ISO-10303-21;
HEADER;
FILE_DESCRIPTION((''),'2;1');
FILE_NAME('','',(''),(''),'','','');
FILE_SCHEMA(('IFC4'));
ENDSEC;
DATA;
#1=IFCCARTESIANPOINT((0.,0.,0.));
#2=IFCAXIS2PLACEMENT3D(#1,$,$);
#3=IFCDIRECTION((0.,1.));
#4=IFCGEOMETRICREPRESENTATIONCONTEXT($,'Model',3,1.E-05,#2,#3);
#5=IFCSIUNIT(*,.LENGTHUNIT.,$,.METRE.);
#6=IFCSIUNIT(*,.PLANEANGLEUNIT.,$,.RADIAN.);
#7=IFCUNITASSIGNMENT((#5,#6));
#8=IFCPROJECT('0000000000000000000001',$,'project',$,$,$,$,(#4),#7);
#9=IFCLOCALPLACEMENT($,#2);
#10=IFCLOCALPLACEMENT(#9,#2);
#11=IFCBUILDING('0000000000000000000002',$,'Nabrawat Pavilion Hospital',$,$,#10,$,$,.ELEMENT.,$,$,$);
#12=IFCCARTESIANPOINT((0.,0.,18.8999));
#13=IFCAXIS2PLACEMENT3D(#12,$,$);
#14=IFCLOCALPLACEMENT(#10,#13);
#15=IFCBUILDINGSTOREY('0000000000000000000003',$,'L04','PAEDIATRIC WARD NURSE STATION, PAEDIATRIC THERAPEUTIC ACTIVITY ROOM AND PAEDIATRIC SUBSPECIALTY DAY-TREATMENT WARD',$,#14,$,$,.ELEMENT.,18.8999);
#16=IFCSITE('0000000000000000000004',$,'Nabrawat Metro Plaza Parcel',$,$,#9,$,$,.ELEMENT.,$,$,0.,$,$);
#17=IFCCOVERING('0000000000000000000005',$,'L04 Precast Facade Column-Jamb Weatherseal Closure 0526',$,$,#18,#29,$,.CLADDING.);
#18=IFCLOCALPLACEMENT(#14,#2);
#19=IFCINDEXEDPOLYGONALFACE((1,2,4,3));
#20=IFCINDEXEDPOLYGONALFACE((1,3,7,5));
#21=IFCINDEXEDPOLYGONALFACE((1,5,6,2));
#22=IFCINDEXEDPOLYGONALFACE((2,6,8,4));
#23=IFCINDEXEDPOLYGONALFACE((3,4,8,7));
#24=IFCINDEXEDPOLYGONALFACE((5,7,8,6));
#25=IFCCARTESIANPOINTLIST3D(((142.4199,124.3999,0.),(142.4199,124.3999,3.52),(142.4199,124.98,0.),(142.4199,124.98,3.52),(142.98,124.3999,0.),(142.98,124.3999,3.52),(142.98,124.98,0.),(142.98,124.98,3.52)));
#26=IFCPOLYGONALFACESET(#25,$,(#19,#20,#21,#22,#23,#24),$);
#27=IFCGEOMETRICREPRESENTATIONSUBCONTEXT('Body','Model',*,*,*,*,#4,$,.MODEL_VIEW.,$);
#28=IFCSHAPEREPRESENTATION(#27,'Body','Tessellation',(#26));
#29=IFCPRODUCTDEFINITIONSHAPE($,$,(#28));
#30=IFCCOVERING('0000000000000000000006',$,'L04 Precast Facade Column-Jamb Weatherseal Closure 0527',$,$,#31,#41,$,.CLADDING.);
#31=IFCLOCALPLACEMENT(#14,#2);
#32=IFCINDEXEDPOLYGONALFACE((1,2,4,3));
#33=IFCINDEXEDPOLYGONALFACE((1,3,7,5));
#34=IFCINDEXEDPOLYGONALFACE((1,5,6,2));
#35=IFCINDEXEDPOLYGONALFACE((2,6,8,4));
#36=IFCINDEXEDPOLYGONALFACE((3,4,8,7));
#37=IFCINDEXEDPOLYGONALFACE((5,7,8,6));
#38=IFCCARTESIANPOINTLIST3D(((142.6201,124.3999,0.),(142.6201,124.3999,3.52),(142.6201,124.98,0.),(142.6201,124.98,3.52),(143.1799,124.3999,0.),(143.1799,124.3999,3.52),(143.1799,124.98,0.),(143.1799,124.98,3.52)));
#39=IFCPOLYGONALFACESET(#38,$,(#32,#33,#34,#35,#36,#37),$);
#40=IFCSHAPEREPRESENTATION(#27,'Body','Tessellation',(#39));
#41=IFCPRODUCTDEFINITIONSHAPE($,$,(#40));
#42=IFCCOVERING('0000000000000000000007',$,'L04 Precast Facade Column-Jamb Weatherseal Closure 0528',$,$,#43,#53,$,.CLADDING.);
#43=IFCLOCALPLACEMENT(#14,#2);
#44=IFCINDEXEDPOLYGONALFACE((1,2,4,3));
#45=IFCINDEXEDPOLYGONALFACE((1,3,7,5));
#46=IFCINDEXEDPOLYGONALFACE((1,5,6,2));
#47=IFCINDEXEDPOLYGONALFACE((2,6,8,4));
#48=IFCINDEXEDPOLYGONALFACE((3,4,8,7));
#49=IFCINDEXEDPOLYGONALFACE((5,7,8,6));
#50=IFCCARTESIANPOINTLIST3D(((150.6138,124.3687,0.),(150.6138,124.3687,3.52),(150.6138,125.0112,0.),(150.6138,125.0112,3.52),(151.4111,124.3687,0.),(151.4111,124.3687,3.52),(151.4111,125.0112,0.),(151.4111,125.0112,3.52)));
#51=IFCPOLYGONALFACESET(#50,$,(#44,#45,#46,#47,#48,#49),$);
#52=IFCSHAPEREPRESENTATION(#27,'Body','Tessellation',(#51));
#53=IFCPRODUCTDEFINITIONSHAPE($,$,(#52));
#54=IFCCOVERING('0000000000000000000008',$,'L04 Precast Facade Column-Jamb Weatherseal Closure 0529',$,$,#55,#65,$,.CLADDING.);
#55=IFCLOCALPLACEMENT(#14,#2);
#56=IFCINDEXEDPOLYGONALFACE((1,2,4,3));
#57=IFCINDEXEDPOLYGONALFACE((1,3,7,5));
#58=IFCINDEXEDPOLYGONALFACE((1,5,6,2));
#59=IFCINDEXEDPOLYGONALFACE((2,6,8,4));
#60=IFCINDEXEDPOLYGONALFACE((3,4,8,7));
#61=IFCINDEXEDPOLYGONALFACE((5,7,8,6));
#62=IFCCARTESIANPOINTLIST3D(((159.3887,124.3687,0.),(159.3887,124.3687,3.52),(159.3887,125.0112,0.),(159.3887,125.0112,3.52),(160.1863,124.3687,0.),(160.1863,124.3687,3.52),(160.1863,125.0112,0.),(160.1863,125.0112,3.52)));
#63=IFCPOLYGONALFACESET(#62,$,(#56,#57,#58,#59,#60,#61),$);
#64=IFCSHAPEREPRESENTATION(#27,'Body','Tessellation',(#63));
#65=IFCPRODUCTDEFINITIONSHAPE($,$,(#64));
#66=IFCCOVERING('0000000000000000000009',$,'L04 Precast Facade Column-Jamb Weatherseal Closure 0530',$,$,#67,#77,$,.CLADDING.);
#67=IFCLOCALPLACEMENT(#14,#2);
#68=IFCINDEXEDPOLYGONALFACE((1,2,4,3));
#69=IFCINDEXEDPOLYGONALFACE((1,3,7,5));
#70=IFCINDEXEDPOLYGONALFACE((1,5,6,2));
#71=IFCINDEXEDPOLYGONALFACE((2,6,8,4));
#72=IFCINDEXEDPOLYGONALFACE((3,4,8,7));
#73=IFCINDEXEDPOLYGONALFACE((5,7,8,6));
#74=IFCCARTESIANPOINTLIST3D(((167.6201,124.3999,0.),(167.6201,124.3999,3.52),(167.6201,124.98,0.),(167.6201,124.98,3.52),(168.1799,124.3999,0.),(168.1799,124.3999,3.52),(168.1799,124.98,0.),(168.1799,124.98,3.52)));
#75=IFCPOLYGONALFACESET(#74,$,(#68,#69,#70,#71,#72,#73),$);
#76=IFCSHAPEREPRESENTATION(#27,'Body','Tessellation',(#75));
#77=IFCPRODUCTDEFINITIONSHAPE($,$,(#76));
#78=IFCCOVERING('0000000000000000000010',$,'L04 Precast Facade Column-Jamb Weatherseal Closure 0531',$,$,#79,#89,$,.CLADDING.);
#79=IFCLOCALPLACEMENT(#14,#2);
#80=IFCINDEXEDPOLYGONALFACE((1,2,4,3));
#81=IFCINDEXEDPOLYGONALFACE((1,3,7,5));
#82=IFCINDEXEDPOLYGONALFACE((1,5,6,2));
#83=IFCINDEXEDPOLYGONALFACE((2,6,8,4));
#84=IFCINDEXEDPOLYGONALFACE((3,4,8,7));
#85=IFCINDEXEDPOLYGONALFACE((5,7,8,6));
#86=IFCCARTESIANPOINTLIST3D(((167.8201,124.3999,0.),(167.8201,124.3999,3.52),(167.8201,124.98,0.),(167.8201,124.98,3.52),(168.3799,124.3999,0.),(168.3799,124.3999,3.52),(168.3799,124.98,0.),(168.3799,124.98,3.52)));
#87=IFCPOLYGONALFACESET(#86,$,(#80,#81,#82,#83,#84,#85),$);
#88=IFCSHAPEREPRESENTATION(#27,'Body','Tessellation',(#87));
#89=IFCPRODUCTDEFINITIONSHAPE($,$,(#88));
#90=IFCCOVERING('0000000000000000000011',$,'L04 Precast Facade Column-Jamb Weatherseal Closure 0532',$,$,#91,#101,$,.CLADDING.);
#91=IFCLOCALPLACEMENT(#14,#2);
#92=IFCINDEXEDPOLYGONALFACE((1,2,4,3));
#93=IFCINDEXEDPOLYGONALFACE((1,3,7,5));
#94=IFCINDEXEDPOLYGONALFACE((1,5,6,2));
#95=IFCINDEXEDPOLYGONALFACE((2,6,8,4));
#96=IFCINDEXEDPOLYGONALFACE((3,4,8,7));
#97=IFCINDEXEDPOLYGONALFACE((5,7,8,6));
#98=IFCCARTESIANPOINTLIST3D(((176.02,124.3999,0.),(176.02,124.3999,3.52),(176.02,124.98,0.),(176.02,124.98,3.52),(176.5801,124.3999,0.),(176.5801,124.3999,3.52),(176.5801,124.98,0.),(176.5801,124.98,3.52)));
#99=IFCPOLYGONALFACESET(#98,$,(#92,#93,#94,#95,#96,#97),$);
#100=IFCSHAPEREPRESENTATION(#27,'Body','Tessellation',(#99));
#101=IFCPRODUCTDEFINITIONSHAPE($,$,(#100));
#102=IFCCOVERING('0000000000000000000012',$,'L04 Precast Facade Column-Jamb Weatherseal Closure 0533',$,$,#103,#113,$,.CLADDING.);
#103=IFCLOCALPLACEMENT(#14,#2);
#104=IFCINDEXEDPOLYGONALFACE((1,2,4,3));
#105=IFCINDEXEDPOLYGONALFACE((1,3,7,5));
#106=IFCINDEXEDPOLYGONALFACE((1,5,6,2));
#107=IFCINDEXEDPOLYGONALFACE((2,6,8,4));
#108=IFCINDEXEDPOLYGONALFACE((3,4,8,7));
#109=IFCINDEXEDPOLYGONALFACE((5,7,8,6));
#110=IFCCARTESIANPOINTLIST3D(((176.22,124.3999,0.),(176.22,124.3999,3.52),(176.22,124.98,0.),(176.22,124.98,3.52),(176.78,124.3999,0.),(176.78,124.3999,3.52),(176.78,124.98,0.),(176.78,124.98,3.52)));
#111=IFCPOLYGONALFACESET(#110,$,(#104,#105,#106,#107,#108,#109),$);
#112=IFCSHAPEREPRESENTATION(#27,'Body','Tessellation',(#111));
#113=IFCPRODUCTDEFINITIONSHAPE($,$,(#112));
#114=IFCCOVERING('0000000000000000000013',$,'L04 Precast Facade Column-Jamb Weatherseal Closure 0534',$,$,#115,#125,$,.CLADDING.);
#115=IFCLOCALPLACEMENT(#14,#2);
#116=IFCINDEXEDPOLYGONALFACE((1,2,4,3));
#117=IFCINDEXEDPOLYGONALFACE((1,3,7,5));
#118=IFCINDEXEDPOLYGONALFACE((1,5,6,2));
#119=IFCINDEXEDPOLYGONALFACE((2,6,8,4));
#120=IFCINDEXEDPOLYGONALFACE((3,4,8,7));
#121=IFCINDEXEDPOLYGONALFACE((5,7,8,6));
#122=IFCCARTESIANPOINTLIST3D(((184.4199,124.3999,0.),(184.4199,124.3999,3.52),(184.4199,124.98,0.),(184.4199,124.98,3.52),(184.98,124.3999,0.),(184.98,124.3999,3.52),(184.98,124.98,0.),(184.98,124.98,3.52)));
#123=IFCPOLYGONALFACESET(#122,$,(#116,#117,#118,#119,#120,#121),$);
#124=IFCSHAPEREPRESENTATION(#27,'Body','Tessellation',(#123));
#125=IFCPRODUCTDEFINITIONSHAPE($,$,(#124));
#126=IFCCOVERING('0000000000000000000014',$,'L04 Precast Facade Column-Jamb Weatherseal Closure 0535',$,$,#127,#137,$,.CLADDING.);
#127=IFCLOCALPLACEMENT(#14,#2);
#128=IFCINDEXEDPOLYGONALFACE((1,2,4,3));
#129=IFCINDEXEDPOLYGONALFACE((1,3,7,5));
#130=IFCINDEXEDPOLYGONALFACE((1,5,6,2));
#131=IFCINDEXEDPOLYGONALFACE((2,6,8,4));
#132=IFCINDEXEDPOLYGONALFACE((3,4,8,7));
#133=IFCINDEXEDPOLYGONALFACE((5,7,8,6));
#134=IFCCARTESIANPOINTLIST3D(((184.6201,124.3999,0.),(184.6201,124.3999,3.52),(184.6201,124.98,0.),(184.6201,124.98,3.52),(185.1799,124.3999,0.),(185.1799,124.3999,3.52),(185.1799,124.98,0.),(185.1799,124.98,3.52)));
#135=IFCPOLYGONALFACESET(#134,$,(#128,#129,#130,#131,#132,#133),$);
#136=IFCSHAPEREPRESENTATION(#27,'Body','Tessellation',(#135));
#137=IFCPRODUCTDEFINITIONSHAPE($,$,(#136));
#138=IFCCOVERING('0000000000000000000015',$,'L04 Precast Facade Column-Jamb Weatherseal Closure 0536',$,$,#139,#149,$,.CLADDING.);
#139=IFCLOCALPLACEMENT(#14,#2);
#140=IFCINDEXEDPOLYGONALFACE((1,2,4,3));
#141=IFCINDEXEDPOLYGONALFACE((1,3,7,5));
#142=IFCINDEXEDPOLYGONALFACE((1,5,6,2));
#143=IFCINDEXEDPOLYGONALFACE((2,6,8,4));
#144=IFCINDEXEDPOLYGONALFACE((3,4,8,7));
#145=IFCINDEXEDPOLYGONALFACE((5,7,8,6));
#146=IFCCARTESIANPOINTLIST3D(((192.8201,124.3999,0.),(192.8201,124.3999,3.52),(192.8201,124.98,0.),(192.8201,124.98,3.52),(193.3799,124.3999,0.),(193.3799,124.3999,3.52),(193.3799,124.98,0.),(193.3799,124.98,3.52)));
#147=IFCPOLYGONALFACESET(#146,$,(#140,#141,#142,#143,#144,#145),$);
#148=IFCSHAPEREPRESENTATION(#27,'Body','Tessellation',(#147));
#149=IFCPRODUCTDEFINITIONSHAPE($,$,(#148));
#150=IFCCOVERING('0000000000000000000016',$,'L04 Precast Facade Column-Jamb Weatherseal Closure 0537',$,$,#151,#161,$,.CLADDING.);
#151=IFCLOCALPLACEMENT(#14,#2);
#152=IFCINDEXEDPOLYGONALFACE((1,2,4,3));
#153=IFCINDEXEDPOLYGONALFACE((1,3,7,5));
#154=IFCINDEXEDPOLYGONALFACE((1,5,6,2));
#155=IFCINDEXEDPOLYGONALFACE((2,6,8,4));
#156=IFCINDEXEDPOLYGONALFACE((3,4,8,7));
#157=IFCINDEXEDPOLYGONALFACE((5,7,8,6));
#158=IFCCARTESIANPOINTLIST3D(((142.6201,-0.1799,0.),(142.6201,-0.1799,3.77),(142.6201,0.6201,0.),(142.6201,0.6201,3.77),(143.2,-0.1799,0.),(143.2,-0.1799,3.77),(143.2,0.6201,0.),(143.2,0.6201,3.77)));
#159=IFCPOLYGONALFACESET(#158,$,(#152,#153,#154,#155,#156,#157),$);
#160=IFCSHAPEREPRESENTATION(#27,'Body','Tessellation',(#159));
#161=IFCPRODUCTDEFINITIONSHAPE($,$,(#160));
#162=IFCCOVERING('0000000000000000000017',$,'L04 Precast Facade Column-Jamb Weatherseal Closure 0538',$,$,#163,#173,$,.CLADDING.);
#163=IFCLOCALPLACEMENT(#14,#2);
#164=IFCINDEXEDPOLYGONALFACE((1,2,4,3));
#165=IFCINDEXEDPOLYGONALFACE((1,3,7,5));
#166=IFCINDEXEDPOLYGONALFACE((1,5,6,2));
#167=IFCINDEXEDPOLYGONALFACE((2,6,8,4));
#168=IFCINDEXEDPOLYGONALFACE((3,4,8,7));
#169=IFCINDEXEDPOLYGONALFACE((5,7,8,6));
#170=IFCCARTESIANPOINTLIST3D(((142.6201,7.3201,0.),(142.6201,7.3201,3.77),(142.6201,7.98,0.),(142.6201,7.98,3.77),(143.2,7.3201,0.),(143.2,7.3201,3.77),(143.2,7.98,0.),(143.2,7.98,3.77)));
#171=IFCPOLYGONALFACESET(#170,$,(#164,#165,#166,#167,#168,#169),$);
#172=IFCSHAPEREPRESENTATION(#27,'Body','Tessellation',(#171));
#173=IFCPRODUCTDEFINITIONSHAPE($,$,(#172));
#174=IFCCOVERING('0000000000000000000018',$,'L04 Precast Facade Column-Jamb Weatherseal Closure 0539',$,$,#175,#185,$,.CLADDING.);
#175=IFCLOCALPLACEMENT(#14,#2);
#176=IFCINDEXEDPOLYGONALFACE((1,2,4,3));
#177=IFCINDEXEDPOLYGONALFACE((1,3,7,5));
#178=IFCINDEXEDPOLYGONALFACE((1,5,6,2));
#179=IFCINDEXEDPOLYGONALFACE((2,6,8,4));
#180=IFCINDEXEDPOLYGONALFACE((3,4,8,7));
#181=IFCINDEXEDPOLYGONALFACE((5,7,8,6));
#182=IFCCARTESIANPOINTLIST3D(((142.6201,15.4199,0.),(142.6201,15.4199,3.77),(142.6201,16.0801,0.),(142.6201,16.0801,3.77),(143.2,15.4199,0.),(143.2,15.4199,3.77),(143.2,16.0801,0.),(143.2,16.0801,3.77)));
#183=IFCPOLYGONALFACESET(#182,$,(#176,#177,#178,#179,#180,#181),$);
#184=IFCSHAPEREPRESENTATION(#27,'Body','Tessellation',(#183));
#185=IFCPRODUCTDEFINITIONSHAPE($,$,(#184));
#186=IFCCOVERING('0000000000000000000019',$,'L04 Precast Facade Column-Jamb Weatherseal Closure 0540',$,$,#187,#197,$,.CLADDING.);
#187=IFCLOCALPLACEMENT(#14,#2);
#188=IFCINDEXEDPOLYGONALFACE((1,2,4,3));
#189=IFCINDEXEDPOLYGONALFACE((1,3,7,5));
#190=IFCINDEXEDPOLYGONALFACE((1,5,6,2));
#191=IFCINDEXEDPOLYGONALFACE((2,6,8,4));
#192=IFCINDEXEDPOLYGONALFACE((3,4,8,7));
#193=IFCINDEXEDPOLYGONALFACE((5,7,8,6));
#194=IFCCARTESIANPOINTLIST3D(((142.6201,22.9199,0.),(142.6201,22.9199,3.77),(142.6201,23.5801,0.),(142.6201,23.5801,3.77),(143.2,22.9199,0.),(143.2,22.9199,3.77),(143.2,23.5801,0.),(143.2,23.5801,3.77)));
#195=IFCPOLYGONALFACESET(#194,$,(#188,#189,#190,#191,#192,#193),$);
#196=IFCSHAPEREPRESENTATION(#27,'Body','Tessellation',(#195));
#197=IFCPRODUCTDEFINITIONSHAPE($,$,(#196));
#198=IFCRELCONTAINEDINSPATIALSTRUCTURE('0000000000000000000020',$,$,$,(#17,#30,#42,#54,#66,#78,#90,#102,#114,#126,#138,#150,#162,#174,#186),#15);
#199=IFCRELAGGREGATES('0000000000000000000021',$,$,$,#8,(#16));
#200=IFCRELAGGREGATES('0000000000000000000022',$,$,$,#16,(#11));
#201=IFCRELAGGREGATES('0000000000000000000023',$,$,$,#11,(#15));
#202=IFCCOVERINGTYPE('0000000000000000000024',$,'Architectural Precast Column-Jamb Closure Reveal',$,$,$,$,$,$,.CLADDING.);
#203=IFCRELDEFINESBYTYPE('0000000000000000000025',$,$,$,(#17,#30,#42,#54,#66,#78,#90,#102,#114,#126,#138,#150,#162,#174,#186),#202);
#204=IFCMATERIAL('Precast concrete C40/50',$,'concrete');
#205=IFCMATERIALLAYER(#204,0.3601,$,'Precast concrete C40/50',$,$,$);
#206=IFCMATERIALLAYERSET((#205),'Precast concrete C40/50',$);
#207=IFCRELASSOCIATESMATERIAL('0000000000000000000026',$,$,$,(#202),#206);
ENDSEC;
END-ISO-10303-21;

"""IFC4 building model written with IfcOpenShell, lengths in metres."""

from ifc_helpers import new_model, si_unit, direction, frame, origin, place, context, subcontext, project, spatial, polyline, outline, extrude, material, layer, layer_set, type_object, element, save


model = new_model("IFC4")

# Units and contexts
model_context = context("Model", 3, precision=1e-05, world=origin(), true_north=direction((0.0, 1.0)))
body_context = subcontext(model_context, "Body", "Model", "MODEL_VIEW")
ifc_project = project(units=[si_unit("LENGTHUNIT", "METRE"), si_unit("PLANEANGLEUNIT", "RADIAN")], contexts=[model_context])

# Site, building, storey
site_placement = place(None, origin())
site = spatial("IfcSite", under=ifc_project, at=site_placement, Name="Nabrawat Metro Plaza Parcel", CompositionType="ELEMENT", RefElevation=0.0)
building_placement = place(site_placement, origin())
building = spatial("IfcBuilding", under=site, at=building_placement, Name="Nabrawat Pavilion Hospital", CompositionType="ELEMENT")
storey_placement = place(building_placement, frame((0.0, 0.0, 18.8999)))
storey = spatial("IfcBuildingStorey", under=building, at=storey_placement, Name="L04", Description="PAEDIATRIC WARD NURSE STATION, PAEDIATRIC THERAPEUTIC ACTIVITY ROOM AND PAEDIATRIC SUBSPECIALTY DAY-TREATMENT WARD", CompositionType="ELEMENT", Elevation=18.8999)

# Coverings
ifc_material_1 = material(Name="Precast concrete C40/50", Category="concrete")
ifc_layer_1 = layer(ifc_material_1, 0.3601, Name="Precast concrete C40/50")
ifc_layer_set_1 = layer_set([ifc_layer_1], Name="Precast concrete C40/50")
covering_type = type_object("IfcCoveringType", Name="Architectural Precast Column-Jamb Closure Reveal", PredefinedType="CLADDING", material=ifc_layer_set_1)
covering_1_placement = place(storey_placement, origin())
element("IfcCovering", 1, at=covering_1_placement, inside=storey, type_object=covering_type, Name="L04 Precast Facade Column-Jamb Weatherseal Closure 0526", PredefinedType="CLADDING", context=body_context, shape_type="SweptSolid", body=[
    extrude(outline(polyline([(142.98, 124.3999), (142.98, 124.98), (142.4199, 124.98), (142.4199, 124.3999), (142.98, 124.3999)])), origin(), (0.0, 0.0, 1.0), 3.52),
])
covering_2_placement = place(storey_placement, origin())
element("IfcCovering", 2, at=covering_2_placement, inside=storey, type_object=covering_type, Name="L04 Precast Facade Column-Jamb Weatherseal Closure 0527", PredefinedType="CLADDING", context=body_context, shape_type="SweptSolid", body=[
    extrude(outline(polyline([(143.1799, 124.3999), (143.1799, 124.98), (142.6201, 124.98), (142.6201, 124.3999), (143.1799, 124.3999)])), origin(), (0.0, 0.0, 1.0), 3.52),
])
covering_3_placement = place(storey_placement, origin())
element("IfcCovering", 3, at=covering_3_placement, inside=storey, type_object=covering_type, Name="L04 Precast Facade Column-Jamb Weatherseal Closure 0528", PredefinedType="CLADDING", context=body_context, shape_type="SweptSolid", body=[
    extrude(outline(polyline([(151.4111, 124.3687), (151.4111, 125.0112), (150.6138, 125.0112), (150.6138, 124.3687), (151.4111, 124.3687)])), origin(), (0.0, 0.0, 1.0), 3.52),
])
covering_4_placement = place(storey_placement, origin())
element("IfcCovering", 4, at=covering_4_placement, inside=storey, type_object=covering_type, Name="L04 Precast Facade Column-Jamb Weatherseal Closure 0529", PredefinedType="CLADDING", context=body_context, shape_type="SweptSolid", body=[
    extrude(outline(polyline([(160.1863, 124.3687), (160.1863, 125.0112), (159.3887, 125.0112), (159.3887, 124.3687), (160.1863, 124.3687)])), origin(), (0.0, 0.0, 1.0), 3.52),
])
covering_5_placement = place(storey_placement, origin())
element("IfcCovering", 5, at=covering_5_placement, inside=storey, type_object=covering_type, Name="L04 Precast Facade Column-Jamb Weatherseal Closure 0530", PredefinedType="CLADDING", context=body_context, shape_type="SweptSolid", body=[
    extrude(outline(polyline([(168.1799, 124.3999), (168.1799, 124.98), (167.6201, 124.98), (167.6201, 124.3999), (168.1799, 124.3999)])), origin(), (0.0, 0.0, 1.0), 3.52),
])
covering_6_placement = place(storey_placement, origin())
element("IfcCovering", 6, at=covering_6_placement, inside=storey, type_object=covering_type, Name="L04 Precast Facade Column-Jamb Weatherseal Closure 0531", PredefinedType="CLADDING", context=body_context, shape_type="SweptSolid", body=[
    extrude(outline(polyline([(168.3799, 124.3999), (168.3799, 124.98), (167.8201, 124.98), (167.8201, 124.3999), (168.3799, 124.3999)])), origin(), (0.0, 0.0, 1.0), 3.52),
])
covering_7_placement = place(storey_placement, origin())
element("IfcCovering", 7, at=covering_7_placement, inside=storey, type_object=covering_type, Name="L04 Precast Facade Column-Jamb Weatherseal Closure 0532", PredefinedType="CLADDING", context=body_context, shape_type="SweptSolid", body=[
    extrude(outline(polyline([(176.5801, 124.3999), (176.5801, 124.98), (176.02, 124.98), (176.02, 124.3999), (176.5801, 124.3999)])), origin(), (0.0, 0.0, 1.0), 3.52),
])
covering_8_placement = place(storey_placement, origin())
element("IfcCovering", 8, at=covering_8_placement, inside=storey, type_object=covering_type, Name="L04 Precast Facade Column-Jamb Weatherseal Closure 0533", PredefinedType="CLADDING", context=body_context, shape_type="SweptSolid", body=[
    extrude(outline(polyline([(176.78, 124.3999), (176.78, 124.98), (176.22, 124.98), (176.22, 124.3999), (176.78, 124.3999)])), origin(), (0.0, 0.0, 1.0), 3.52),
])
covering_9_placement = place(storey_placement, origin())
element("IfcCovering", 9, at=covering_9_placement, inside=storey, type_object=covering_type, Name="L04 Precast Facade Column-Jamb Weatherseal Closure 0534", PredefinedType="CLADDING", context=body_context, shape_type="SweptSolid", body=[
    extrude(outline(polyline([(184.98, 124.3999), (184.98, 124.98), (184.4199, 124.98), (184.4199, 124.3999), (184.98, 124.3999)])), origin(), (0.0, 0.0, 1.0), 3.52),
])
covering_10_placement = place(storey_placement, origin())
element("IfcCovering", 10, at=covering_10_placement, inside=storey, type_object=covering_type, Name="L04 Precast Facade Column-Jamb Weatherseal Closure 0535", PredefinedType="CLADDING", context=body_context, shape_type="SweptSolid", body=[
    extrude(outline(polyline([(185.1799, 124.3999), (185.1799, 124.98), (184.6201, 124.98), (184.6201, 124.3999), (185.1799, 124.3999)])), origin(), (0.0, 0.0, 1.0), 3.52),
])
covering_11_placement = place(storey_placement, origin())
element("IfcCovering", 11, at=covering_11_placement, inside=storey, type_object=covering_type, Name="L04 Precast Facade Column-Jamb Weatherseal Closure 0536", PredefinedType="CLADDING", context=body_context, shape_type="SweptSolid", body=[
    extrude(outline(polyline([(193.3799, 124.3999), (193.3799, 124.98), (192.8201, 124.98), (192.8201, 124.3999), (193.3799, 124.3999)])), origin(), (0.0, 0.0, 1.0), 3.52),
])
covering_12_placement = place(storey_placement, origin())
element("IfcCovering", 12, at=covering_12_placement, inside=storey, type_object=covering_type, Name="L04 Precast Facade Column-Jamb Weatherseal Closure 0537", PredefinedType="CLADDING", context=body_context, shape_type="SweptSolid", body=[
    extrude(outline(polyline([(143.2, -0.1799), (143.2, 0.6201), (142.6201, 0.6201), (142.6201, -0.1799), (143.2, -0.1799)])), origin(), (0.0, 0.0, 1.0), 3.77),
])
covering_13_placement = place(storey_placement, origin())
element("IfcCovering", 13, at=covering_13_placement, inside=storey, type_object=covering_type, Name="L04 Precast Facade Column-Jamb Weatherseal Closure 0538", PredefinedType="CLADDING", context=body_context, shape_type="SweptSolid", body=[
    extrude(outline(polyline([(143.2, 7.3201), (143.2, 7.98), (142.6201, 7.98), (142.6201, 7.3201), (143.2, 7.3201)])), origin(), (0.0, 0.0, 1.0), 3.77),
])
covering_14_placement = place(storey_placement, origin())
element("IfcCovering", 14, at=covering_14_placement, inside=storey, type_object=covering_type, Name="L04 Precast Facade Column-Jamb Weatherseal Closure 0539", PredefinedType="CLADDING", context=body_context, shape_type="SweptSolid", body=[
    extrude(outline(polyline([(143.2, 15.4199), (143.2, 16.0801), (142.6201, 16.0801), (142.6201, 15.4199), (143.2, 15.4199)])), origin(), (0.0, 0.0, 1.0), 3.77),
])
covering_15_placement = place(storey_placement, origin())
element("IfcCovering", 15, at=covering_15_placement, inside=storey, type_object=covering_type, Name="L04 Precast Facade Column-Jamb Weatherseal Closure 0540", PredefinedType="CLADDING", context=body_context, shape_type="SweptSolid", body=[
    extrude(outline(polyline([(143.2, 22.9199), (143.2, 23.5801), (142.6201, 23.5801), (142.6201, 22.9199), (143.2, 22.9199)])), origin(), (0.0, 0.0, 1.0), 3.77),
])

save(model, "model.ifc")
